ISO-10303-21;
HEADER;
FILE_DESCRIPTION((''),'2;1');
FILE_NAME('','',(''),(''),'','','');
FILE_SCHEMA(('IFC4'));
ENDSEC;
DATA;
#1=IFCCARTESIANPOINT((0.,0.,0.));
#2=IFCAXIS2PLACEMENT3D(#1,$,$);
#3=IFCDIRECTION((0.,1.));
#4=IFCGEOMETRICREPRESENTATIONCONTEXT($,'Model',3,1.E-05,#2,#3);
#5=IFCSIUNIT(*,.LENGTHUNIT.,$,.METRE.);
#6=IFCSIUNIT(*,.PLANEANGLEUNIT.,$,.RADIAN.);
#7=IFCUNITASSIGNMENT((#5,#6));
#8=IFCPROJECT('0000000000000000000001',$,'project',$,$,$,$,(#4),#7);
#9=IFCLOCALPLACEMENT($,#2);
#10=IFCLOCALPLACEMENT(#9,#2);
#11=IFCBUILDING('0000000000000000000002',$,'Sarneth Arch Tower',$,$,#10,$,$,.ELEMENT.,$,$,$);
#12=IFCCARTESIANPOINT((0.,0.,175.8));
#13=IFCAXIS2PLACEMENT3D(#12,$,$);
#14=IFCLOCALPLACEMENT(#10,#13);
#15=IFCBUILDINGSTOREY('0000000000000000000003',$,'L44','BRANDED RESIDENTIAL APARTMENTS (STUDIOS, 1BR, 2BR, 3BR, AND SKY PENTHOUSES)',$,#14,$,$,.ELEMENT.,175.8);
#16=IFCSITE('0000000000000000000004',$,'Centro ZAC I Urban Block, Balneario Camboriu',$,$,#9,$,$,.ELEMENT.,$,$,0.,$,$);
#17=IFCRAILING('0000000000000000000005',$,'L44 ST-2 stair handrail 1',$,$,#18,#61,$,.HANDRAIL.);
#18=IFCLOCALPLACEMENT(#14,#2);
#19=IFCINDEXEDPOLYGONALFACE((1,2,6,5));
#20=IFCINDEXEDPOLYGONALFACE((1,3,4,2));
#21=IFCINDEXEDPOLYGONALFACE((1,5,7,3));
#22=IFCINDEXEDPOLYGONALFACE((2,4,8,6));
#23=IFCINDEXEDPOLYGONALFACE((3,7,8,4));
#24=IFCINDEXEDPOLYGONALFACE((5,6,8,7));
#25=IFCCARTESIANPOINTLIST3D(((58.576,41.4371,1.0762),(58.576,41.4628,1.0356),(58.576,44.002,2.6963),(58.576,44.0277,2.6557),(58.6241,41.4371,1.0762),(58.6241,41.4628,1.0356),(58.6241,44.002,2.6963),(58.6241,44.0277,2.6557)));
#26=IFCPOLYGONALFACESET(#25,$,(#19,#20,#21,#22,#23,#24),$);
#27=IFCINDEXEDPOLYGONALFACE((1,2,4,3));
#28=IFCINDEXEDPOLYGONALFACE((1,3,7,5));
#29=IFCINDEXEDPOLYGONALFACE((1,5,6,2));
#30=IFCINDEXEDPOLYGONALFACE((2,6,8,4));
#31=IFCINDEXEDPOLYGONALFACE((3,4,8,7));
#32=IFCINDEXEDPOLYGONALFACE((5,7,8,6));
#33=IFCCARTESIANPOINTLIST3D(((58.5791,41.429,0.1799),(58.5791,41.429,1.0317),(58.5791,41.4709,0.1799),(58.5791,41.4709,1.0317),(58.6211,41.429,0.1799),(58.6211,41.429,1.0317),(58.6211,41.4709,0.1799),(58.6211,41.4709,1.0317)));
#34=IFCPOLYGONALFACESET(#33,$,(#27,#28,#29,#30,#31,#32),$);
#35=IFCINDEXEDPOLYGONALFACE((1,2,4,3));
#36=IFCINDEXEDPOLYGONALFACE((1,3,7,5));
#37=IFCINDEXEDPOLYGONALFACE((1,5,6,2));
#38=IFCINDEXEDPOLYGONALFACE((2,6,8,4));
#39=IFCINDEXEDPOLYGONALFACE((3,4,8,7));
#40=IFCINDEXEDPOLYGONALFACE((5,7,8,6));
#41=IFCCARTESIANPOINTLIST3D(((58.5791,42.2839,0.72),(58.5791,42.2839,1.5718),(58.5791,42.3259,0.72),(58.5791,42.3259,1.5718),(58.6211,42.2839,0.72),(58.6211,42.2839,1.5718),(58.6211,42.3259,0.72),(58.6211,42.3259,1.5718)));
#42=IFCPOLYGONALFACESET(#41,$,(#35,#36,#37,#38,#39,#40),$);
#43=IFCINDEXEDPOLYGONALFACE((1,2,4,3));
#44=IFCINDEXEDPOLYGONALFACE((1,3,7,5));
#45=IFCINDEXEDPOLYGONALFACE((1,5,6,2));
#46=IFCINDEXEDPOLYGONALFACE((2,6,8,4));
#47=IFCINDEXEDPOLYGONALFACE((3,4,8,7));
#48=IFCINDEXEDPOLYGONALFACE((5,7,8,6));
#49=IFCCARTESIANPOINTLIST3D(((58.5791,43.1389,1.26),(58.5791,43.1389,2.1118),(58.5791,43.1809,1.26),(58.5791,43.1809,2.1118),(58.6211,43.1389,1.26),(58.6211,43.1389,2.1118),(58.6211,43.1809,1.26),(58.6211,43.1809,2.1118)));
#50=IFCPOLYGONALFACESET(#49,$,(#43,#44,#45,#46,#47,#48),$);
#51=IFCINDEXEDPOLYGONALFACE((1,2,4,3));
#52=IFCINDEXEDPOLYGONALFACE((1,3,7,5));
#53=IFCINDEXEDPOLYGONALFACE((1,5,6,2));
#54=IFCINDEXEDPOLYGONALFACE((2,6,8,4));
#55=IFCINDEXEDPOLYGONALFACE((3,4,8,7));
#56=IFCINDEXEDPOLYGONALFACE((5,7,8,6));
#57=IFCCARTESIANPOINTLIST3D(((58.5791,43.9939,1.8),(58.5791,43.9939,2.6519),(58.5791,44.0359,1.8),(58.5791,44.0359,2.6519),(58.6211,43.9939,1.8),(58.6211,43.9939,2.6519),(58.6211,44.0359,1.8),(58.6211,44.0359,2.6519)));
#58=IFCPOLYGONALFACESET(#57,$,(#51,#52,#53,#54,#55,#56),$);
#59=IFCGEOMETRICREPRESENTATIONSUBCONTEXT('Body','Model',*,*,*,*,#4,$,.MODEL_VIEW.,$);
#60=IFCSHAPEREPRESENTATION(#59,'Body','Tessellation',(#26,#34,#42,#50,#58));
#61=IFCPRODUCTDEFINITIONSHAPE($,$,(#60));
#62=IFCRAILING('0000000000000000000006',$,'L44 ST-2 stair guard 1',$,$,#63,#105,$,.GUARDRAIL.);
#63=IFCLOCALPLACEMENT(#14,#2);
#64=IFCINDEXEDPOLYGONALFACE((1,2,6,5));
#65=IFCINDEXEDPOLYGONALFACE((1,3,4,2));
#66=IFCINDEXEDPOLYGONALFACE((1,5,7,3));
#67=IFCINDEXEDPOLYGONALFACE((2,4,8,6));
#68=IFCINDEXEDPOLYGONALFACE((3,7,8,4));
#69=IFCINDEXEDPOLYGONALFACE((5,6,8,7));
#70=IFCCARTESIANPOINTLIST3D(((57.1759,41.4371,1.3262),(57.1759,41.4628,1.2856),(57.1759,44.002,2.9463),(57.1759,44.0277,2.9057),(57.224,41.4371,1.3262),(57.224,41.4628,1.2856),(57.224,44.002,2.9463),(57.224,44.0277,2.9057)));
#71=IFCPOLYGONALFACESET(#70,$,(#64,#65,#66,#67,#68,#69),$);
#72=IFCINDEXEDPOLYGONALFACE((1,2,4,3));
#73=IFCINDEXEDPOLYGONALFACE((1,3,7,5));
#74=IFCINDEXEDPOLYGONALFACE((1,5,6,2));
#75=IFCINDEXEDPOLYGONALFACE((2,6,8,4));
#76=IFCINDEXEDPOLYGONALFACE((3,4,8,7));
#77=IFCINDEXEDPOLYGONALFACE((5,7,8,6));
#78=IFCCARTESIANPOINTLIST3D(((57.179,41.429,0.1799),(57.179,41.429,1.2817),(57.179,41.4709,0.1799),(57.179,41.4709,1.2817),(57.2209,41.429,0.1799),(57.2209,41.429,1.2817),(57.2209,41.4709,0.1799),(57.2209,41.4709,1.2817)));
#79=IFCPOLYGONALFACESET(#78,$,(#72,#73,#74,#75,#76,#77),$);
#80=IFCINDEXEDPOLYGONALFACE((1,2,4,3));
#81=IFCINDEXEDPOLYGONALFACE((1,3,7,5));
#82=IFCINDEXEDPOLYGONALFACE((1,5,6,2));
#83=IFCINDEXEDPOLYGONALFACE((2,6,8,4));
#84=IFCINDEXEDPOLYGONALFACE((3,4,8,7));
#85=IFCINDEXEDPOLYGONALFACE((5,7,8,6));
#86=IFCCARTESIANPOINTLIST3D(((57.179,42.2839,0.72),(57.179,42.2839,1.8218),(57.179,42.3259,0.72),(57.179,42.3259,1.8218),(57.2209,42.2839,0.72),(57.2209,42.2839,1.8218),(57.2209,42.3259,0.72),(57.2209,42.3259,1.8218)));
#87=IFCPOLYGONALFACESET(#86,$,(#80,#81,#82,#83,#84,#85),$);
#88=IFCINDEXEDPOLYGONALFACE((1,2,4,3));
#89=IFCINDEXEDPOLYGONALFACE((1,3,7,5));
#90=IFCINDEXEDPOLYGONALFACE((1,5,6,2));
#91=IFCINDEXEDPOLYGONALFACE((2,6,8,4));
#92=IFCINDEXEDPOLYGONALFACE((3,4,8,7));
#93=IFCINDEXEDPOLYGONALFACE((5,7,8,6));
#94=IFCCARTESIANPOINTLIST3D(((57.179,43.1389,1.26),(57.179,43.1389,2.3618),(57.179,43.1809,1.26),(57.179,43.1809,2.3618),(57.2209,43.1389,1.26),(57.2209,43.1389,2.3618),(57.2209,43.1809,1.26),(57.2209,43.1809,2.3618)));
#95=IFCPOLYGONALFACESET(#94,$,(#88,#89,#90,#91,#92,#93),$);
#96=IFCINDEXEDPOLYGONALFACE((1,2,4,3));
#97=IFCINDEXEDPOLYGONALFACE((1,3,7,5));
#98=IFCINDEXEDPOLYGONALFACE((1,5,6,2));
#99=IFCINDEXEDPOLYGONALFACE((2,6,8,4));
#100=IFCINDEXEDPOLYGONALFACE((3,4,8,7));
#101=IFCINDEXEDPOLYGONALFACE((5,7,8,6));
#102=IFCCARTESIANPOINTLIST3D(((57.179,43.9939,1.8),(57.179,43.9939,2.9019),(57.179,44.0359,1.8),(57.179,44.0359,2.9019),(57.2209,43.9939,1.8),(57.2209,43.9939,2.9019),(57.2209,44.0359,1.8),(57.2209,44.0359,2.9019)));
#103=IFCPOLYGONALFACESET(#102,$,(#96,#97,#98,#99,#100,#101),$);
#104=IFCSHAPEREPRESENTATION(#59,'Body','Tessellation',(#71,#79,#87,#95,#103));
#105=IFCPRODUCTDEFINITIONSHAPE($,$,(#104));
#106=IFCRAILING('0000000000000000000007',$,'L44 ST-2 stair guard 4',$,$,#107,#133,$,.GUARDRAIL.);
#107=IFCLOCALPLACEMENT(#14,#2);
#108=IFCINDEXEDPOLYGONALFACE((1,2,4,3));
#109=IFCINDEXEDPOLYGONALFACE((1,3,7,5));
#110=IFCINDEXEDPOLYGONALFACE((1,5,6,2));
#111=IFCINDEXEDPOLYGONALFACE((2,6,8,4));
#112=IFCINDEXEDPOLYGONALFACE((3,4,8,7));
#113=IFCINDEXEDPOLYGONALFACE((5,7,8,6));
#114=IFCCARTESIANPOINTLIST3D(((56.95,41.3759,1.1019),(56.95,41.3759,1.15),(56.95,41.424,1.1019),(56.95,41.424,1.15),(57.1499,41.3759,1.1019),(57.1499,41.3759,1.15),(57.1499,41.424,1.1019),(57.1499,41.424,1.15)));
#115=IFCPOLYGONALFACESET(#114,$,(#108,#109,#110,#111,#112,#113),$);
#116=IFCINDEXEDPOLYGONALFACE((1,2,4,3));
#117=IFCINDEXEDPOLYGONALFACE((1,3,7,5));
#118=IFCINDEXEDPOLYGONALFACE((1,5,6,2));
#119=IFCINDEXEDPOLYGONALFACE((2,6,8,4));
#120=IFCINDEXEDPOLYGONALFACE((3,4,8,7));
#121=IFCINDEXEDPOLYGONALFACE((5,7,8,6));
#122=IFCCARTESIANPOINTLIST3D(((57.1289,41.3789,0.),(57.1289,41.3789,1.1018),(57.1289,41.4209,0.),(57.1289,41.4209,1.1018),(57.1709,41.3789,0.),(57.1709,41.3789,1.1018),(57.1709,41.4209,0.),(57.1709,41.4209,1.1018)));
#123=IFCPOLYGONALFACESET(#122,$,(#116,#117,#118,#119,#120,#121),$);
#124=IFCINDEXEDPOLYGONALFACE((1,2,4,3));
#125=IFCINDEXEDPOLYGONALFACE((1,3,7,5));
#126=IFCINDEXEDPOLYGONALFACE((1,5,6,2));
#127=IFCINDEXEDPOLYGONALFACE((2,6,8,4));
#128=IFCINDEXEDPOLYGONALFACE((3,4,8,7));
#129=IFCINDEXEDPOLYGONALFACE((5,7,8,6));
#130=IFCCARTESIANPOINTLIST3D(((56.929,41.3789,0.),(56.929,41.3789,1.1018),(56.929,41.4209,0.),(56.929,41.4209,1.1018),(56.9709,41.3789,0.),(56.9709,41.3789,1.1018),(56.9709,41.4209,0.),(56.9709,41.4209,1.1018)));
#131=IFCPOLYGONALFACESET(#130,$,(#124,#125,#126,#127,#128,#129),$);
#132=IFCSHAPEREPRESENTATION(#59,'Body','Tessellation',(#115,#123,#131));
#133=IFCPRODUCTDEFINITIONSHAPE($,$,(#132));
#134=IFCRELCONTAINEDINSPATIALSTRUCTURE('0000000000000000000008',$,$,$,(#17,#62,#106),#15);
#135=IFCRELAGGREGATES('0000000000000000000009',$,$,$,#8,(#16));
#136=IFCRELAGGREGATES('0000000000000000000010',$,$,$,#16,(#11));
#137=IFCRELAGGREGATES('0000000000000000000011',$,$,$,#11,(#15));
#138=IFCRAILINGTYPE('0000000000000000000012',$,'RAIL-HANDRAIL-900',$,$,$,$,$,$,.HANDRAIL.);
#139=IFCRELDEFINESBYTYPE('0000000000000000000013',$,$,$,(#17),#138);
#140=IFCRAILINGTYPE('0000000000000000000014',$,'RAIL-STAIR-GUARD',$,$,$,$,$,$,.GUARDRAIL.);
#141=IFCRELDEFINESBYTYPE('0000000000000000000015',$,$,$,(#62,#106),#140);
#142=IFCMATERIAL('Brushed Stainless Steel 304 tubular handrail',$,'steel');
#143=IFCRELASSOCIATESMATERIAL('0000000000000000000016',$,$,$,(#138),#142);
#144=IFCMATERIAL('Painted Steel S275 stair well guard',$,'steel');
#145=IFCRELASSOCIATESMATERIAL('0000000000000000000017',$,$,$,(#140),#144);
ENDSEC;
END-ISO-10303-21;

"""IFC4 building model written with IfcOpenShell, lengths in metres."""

from ifc_helpers import new_model, si_unit, direction, frame, origin, origin_2d, place, context, subcontext, project, spatial, rectangle, extrude, material, type_object, element, save


model = new_model("IFC4")

# Units and contexts
model_context = context("Model", 3, precision=1e-05, world=origin(), true_north=direction((0.0, 1.0)))
body_context = subcontext(model_context, "Body", "Model", "MODEL_VIEW")
ifc_project = project(units=[si_unit("LENGTHUNIT", "METRE"), si_unit("PLANEANGLEUNIT", "RADIAN")], contexts=[model_context])

# Site, building, storey
site_placement = place(None, origin())
site = spatial("IfcSite", under=ifc_project, at=site_placement, Name="Centro ZAC I Urban Block, Balneario Camboriu", CompositionType="ELEMENT", RefElevation=0.0)
building_placement = place(site_placement, origin())
building = spatial("IfcBuilding", under=site, at=building_placement, Name="Sarneth Arch Tower", CompositionType="ELEMENT")
storey_placement = place(building_placement, frame((0.0, 0.0, 175.8)))
storey = spatial("IfcBuildingStorey", under=building, at=storey_placement, Name="L44", Description="BRANDED RESIDENTIAL APARTMENTS (STUDIOS, 1BR, 2BR, 3BR, AND SKY PENTHOUSES)", CompositionType="ELEMENT", Elevation=175.8)

# Railings
ifc_material_1 = material(Name="Brushed Stainless Steel 304 tubular handrail", Category="steel")
railing_type_1 = type_object("IfcRailingType", Name="RAIL-HANDRAIL-900", PredefinedType="HANDRAIL", material=ifc_material_1)
railing_1_placement = place(storey_placement, frame((58.6001, 41.45, 0.1799)))
element("IfcRailing", 1, at=railing_1_placement, inside=storey, type_object=railing_type_1, Name="L44 ST-2 stair handrail 1", PredefinedType="HANDRAIL", context=body_context, shape_type="SweptSolid", body=[
    extrude(rectangle(XDim=0.0481, YDim=0.0481, at=origin_2d()), frame((0.0, 0.0, 0.876), z_axis=(0.0, 0.845466, 0.534029), x_axis=(-1.0, 0.0, 0.0)), (0.0, 0.0, 1.0), 3.0337),
    extrude(rectangle(XDim=0.042, YDim=0.042, at=origin_2d()), origin(), (0.0, 0.0, 1.0), 0.8518),
    extrude(rectangle(XDim=0.042, YDim=0.042, at=origin_2d()), frame((0.0, 0.855, 0.54)), (0.0, 0.0, 1.0), 0.8518),
    extrude(rectangle(XDim=0.042, YDim=0.042, at=origin_2d()), frame((0.0, 1.71, 1.0801)), (0.0, 0.0, 1.0), 0.8518),
    extrude(rectangle(XDim=0.042, YDim=0.042, at=origin_2d()), frame((0.0, 2.5649, 1.6201)), (0.0, 0.0, 1.0), 0.8518),
])
ifc_material_2 = material(Name="Painted Steel S275 stair well guard", Category="steel")
railing_type_2 = type_object("IfcRailingType", Name="RAIL-STAIR-GUARD", PredefinedType="GUARDRAIL", material=ifc_material_2)
railing_2_placement = place(storey_placement, frame((57.2, 41.45, 0.1799)))
element("IfcRailing", 2, at=railing_2_placement, inside=storey, type_object=railing_type_2, Name="L44 ST-2 stair guard 1", PredefinedType="GUARDRAIL", context=body_context, shape_type="SweptSolid", body=[
    extrude(rectangle(XDim=0.0481, YDim=0.0481, at=origin_2d()), frame((0.0, 0.0, 1.126), z_axis=(0.0, 0.845466, 0.534029), x_axis=(-1.0, 0.0, 0.0)), (0.0, 0.0, 1.0), 3.0337),
    extrude(rectangle(XDim=0.042, YDim=0.042, at=origin_2d()), origin(), (0.0, 0.0, 1.0), 1.1018),
    extrude(rectangle(XDim=0.042, YDim=0.042, at=origin_2d()), frame((0.0, 0.855, 0.54)), (0.0, 0.0, 1.0), 1.1018),
    extrude(rectangle(XDim=0.042, YDim=0.042, at=origin_2d()), frame((0.0, 1.71, 1.0801)), (0.0, 0.0, 1.0), 1.1018),
    extrude(rectangle(XDim=0.042, YDim=0.042, at=origin_2d()), frame((0.0, 2.5649, 1.6201)), (0.0, 0.0, 1.0), 1.1018),
])
railing_3_placement = place(storey_placement, frame((57.1499, 41.3999, 0.0)))
element("IfcRailing", 3, at=railing_3_placement, inside=storey, type_object=railing_type_2, Name="L44 ST-2 stair guard 4", PredefinedType="GUARDRAIL", context=body_context, shape_type="SweptSolid", body=[
    extrude(rectangle(XDim=0.0481, YDim=0.0481, at=origin_2d()), frame((0.0, 0.0, 1.126), z_axis=(-1.0, 0.0, 0.0), x_axis=(0.0, -1.0, 0.0)), (0.0, 0.0, 1.0), 0.2),
    extrude(rectangle(XDim=0.042, YDim=0.042, at=origin_2d()), origin(), (0.0, 0.0, 1.0), 1.1018),
    extrude(rectangle(XDim=0.042, YDim=0.042, at=origin_2d()), frame((-0.2, 0.0, 0.0)), (0.0, 0.0, 1.0), 1.1018),
])

save(model, "model.ifc")
